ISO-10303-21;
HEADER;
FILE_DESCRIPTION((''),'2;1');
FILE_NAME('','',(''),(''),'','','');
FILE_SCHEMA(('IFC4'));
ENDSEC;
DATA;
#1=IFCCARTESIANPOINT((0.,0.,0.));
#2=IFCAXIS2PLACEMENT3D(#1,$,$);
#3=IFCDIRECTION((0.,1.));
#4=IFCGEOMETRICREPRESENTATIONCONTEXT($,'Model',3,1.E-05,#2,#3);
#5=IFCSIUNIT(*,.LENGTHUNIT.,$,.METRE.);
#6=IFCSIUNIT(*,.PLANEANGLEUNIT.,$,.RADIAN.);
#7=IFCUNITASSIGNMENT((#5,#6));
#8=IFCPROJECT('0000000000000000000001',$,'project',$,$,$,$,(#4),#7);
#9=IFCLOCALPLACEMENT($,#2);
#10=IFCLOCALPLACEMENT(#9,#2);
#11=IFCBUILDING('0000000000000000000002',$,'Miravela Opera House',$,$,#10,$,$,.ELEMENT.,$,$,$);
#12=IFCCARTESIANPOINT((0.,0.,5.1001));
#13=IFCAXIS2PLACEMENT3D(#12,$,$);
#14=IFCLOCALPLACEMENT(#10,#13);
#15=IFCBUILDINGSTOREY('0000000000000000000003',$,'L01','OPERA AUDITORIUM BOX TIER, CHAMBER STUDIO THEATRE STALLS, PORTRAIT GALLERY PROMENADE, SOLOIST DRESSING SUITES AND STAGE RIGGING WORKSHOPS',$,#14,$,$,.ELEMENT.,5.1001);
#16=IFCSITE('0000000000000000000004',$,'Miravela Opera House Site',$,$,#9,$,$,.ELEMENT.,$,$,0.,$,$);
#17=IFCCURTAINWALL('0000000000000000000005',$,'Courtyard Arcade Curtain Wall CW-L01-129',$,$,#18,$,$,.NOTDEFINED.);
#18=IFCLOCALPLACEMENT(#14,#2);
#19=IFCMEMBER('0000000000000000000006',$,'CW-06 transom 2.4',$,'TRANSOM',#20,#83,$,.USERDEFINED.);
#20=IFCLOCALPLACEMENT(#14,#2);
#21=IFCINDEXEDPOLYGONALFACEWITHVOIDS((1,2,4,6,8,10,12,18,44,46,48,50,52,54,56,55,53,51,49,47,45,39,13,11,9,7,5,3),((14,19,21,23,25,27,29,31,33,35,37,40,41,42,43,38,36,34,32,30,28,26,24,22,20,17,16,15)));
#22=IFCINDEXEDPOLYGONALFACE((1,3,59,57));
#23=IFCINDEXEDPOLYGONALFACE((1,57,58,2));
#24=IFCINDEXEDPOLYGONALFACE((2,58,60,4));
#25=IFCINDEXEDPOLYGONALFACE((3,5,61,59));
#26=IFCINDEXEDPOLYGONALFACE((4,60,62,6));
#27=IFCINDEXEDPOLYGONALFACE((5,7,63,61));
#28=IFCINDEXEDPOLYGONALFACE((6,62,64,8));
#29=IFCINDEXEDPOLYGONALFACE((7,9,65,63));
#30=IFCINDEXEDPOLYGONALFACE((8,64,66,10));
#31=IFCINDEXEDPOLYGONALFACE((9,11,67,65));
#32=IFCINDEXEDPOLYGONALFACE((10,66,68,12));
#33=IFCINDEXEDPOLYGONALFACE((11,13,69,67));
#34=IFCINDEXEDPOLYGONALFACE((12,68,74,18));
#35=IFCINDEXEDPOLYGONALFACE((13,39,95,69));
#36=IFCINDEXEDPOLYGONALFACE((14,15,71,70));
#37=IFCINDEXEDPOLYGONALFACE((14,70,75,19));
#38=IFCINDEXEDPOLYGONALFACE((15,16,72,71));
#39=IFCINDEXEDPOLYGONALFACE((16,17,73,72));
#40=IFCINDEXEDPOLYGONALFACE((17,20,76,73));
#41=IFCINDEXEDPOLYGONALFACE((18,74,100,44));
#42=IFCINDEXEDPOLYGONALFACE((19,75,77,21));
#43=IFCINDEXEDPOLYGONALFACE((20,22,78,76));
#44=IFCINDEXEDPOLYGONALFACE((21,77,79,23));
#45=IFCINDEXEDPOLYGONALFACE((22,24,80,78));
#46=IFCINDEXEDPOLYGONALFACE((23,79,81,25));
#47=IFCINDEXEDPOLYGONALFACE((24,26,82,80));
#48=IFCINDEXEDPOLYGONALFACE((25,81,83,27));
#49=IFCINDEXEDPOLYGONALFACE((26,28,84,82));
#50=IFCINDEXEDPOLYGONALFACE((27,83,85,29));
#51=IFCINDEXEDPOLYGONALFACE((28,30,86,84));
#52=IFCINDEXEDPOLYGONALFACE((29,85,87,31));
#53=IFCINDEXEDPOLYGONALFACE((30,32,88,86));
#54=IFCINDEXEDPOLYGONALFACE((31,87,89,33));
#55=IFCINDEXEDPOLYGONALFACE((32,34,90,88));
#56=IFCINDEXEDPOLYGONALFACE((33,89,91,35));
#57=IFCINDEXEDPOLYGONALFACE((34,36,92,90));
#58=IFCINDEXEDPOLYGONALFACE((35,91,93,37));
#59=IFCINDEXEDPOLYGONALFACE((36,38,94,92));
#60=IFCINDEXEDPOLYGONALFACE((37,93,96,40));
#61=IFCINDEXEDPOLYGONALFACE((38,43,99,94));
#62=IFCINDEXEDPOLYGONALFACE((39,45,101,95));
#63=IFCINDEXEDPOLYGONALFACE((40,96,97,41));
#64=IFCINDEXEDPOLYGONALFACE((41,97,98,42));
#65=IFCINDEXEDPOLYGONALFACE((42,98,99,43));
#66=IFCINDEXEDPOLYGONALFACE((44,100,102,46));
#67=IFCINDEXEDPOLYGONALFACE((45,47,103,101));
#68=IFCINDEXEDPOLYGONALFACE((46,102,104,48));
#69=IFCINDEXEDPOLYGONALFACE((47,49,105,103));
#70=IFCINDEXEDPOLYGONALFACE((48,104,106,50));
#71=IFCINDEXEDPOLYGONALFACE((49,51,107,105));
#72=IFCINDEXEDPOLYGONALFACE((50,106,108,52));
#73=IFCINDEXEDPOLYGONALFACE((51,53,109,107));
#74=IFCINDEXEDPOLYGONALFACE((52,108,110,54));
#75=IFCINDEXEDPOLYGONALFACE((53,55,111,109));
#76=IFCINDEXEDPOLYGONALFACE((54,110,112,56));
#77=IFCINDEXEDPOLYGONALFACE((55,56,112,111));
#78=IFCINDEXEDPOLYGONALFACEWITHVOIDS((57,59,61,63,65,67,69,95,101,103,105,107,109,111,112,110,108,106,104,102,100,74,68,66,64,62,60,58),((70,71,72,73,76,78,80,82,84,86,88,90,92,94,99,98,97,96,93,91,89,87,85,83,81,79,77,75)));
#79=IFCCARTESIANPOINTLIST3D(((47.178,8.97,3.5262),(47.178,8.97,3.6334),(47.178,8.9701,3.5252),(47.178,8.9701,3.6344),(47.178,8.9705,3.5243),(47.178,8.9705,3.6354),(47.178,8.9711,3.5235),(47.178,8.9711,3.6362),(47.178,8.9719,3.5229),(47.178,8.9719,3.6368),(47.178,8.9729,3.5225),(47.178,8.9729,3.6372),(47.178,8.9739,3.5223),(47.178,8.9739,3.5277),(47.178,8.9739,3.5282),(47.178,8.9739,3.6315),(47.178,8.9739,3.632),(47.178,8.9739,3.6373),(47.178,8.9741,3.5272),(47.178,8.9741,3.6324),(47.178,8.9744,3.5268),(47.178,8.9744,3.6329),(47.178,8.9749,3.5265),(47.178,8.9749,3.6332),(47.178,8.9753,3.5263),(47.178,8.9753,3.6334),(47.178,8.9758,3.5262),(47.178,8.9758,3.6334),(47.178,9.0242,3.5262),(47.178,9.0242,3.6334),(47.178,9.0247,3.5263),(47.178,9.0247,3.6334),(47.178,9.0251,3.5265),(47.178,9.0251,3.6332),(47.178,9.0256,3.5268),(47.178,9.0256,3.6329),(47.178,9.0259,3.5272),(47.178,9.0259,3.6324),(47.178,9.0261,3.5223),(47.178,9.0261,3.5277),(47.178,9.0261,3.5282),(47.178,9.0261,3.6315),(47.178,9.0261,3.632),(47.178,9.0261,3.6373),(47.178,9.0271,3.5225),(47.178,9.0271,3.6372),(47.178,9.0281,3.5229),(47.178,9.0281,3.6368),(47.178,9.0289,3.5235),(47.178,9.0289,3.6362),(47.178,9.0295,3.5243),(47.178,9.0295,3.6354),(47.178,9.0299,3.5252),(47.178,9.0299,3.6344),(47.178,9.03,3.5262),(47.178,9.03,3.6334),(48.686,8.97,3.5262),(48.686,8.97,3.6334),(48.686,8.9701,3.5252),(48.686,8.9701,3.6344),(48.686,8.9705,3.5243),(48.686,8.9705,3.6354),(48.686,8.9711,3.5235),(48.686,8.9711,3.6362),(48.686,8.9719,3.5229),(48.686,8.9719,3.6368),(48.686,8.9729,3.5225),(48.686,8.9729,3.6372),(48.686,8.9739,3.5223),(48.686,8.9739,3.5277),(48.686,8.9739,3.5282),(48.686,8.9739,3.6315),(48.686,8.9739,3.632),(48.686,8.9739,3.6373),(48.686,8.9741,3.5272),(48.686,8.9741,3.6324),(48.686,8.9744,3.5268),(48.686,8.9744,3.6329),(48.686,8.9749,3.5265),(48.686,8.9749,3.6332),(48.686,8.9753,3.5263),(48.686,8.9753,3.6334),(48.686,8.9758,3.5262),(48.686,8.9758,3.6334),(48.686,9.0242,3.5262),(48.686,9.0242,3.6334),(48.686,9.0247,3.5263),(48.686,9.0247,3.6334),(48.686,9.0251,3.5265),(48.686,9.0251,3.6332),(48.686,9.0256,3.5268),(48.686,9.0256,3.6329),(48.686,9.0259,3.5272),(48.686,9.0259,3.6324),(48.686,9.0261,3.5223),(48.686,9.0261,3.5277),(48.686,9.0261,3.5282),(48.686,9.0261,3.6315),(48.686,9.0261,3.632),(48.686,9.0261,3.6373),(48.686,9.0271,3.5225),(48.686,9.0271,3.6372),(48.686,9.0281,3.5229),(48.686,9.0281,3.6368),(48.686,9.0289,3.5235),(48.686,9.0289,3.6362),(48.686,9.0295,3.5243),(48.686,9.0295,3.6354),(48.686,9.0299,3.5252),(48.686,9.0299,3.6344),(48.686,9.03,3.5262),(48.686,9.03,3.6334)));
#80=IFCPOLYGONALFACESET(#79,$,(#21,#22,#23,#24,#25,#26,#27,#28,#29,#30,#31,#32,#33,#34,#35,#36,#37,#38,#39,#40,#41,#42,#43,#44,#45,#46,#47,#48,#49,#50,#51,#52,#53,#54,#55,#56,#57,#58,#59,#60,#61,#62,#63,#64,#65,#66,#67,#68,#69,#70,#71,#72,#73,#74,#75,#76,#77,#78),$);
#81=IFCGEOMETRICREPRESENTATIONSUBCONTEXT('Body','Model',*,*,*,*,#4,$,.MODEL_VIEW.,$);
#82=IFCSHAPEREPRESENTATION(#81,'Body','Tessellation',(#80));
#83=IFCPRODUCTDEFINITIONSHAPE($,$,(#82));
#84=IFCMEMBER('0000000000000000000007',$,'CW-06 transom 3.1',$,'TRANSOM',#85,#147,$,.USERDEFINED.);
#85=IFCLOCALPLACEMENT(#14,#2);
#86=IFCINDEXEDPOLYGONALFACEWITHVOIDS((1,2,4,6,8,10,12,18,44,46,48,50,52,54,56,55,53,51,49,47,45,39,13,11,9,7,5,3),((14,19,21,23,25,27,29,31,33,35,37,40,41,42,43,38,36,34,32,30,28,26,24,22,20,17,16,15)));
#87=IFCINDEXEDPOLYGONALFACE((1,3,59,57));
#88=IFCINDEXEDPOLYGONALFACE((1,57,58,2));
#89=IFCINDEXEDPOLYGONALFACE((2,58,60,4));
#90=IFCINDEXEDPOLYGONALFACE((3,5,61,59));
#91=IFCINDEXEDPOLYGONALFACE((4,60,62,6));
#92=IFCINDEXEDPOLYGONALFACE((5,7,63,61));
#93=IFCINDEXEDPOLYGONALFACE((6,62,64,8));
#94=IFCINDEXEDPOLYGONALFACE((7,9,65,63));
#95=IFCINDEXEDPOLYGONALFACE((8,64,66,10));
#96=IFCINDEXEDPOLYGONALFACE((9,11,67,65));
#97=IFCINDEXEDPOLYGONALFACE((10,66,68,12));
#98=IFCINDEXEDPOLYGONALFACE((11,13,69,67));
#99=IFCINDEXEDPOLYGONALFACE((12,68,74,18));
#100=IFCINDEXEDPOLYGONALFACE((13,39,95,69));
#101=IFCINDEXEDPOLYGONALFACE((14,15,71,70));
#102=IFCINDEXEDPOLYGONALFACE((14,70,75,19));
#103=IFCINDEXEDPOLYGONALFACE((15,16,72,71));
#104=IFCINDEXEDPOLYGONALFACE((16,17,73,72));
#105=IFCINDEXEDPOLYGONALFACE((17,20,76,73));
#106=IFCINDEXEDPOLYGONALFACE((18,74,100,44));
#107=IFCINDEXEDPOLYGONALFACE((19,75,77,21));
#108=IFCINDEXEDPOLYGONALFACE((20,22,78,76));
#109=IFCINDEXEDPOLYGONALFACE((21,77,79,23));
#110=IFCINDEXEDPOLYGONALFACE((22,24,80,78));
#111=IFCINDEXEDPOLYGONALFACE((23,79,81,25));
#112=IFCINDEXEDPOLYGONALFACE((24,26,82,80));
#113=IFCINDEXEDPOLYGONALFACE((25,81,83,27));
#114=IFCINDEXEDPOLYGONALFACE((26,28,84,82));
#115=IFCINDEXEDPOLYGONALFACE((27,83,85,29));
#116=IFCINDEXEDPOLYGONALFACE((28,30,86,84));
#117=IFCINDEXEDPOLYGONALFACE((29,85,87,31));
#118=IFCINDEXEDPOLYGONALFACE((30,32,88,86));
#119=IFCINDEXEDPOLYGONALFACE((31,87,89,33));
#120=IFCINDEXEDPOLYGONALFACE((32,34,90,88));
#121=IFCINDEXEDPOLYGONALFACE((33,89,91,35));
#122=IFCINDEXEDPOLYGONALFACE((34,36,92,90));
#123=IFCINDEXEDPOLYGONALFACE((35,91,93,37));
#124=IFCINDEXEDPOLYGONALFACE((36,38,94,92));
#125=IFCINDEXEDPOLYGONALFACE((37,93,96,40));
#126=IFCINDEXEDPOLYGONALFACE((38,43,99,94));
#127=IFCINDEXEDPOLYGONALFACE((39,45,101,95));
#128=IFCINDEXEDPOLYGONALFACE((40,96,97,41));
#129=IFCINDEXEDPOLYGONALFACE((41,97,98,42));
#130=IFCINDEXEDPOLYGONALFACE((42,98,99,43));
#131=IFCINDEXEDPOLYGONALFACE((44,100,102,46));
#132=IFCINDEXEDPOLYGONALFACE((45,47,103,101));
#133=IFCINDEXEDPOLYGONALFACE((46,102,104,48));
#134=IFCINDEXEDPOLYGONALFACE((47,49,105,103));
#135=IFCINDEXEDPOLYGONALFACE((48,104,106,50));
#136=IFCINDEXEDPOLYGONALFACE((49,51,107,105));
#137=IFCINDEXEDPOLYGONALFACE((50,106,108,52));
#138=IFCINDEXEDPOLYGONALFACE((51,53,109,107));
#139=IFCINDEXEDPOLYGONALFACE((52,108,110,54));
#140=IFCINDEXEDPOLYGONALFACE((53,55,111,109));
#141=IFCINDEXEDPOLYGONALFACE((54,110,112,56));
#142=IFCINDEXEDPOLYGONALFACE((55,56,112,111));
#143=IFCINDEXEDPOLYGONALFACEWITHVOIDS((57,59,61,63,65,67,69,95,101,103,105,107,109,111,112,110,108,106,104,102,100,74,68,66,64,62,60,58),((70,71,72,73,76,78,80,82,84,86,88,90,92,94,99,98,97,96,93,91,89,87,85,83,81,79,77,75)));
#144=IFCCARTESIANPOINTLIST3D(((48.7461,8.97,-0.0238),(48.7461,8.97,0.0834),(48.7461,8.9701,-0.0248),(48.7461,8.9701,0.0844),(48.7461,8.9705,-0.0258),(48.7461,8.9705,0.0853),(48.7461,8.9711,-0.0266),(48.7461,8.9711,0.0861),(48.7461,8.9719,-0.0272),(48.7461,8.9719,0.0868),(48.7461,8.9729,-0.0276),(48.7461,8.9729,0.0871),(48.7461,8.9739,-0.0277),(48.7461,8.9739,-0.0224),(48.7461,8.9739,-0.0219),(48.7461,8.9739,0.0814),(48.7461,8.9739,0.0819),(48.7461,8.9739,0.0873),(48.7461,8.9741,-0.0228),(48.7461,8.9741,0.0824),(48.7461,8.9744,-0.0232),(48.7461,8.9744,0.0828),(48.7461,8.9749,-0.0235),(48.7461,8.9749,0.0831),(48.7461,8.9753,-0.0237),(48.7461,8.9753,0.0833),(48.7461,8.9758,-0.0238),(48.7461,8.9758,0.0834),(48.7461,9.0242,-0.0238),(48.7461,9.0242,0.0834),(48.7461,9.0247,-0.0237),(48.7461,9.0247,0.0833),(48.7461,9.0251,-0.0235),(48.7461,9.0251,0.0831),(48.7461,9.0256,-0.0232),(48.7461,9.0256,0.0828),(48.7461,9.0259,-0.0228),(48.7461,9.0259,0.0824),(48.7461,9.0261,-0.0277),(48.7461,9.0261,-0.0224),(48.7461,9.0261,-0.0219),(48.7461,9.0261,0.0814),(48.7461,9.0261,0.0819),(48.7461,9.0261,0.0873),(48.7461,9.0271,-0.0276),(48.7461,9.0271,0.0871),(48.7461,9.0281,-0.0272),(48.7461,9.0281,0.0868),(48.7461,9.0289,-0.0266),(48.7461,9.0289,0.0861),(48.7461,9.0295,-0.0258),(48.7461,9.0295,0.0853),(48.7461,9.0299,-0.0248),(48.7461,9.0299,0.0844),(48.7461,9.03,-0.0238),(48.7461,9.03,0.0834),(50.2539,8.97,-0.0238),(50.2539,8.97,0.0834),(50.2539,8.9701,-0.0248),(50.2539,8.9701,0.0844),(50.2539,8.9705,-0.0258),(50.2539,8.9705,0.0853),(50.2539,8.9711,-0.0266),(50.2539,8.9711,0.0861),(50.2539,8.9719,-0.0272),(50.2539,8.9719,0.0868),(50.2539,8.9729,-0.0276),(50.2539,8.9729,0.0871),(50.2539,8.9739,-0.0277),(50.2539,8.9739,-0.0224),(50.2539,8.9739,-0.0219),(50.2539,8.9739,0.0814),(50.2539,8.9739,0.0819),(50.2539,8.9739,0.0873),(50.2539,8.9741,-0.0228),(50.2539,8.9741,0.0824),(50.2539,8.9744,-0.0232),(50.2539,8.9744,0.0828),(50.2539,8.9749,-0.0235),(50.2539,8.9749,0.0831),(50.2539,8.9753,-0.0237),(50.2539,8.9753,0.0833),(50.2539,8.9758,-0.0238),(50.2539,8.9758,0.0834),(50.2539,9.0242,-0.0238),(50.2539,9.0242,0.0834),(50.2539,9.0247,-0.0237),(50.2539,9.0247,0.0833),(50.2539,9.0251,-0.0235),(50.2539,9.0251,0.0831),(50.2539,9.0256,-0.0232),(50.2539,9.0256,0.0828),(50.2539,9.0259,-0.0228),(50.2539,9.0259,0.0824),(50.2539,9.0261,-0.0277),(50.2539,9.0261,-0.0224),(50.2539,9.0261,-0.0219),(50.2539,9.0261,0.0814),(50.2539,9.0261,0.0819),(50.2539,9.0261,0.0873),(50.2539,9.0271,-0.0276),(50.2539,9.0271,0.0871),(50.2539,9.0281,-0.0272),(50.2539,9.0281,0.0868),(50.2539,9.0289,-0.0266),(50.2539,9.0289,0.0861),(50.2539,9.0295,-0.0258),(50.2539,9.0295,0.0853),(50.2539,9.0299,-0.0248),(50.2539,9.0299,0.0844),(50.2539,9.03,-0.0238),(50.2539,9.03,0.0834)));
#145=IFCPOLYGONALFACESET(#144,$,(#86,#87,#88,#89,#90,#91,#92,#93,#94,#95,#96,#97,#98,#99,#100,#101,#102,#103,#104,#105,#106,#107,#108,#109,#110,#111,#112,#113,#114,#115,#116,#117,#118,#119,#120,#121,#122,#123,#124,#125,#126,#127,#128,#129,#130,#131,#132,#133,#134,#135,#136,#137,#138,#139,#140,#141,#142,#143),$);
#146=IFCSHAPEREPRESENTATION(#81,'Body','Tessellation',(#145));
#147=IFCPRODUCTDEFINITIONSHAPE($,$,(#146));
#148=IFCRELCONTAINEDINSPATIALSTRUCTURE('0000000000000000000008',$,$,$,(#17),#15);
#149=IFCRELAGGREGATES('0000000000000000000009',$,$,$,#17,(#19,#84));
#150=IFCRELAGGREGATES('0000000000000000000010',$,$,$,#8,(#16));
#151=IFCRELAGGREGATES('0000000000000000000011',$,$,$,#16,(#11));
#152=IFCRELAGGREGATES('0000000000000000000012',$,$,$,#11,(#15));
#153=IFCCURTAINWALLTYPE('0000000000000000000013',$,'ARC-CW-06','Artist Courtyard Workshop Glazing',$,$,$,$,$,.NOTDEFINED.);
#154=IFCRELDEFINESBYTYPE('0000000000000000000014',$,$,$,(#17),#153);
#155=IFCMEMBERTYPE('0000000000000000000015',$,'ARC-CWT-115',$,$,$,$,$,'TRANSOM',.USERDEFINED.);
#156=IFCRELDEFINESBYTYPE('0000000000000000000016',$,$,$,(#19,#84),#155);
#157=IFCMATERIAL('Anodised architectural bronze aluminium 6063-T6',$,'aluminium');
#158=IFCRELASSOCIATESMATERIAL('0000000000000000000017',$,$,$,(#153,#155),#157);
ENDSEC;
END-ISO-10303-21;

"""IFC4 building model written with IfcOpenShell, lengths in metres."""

from ifc_helpers import new_model, si_unit, direction, frame, origin, origin_2d, place, context, subcontext, project, spatial, hollow_rectangle, extrude, material, material_profile, profile_set, type_object, element, aggregate, save


model = new_model("IFC4")

# Units and contexts
model_context = context("Model", 3, precision=1e-05, world=origin(), true_north=direction((0.0, 1.0)))
body_context = subcontext(model_context, "Body", "Model", "MODEL_VIEW")
ifc_project = project(units=[si_unit("LENGTHUNIT", "METRE"), si_unit("PLANEANGLEUNIT", "RADIAN")], contexts=[model_context])

# Site, building, storey
site_placement = place(None, origin())
site = spatial("IfcSite", under=ifc_project, at=site_placement, Name="Miravela Opera House Site", CompositionType="ELEMENT", RefElevation=0.0)
building_placement = place(site_placement, origin())
building = spatial("IfcBuilding", under=site, at=building_placement, Name="Miravela Opera House", CompositionType="ELEMENT")
storey_placement = place(building_placement, frame((0.0, 0.0, 5.1001)))
storey = spatial("IfcBuildingStorey", under=building, at=storey_placement, Name="L01", Description="OPERA AUDITORIUM BOX TIER, CHAMBER STUDIO THEATRE STALLS, PORTRAIT GALLERY PROMENADE, SOLOIST DRESSING SUITES AND STAGE RIGGING WORKSHOPS", CompositionType="ELEMENT", Elevation=5.1001)

# Curtain wall, members
ifc_material_1 = material(Name="Anodised architectural bronze aluminium 6063-T6", Category="aluminium")
curtain_wall_type = type_object("IfcCurtainWallType", Name="ARC-CW-06", Description="Artist Courtyard Workshop Glazing", PredefinedType="NOTDEFINED", material=ifc_material_1)
curtain_wall_placement = place(storey_placement, origin())
curtain_wall = element("IfcCurtainWall", 1, at=curtain_wall_placement, inside=storey, type_object=curtain_wall_type, Name="Courtyard Arcade Curtain Wall CW-L01-129", PredefinedType="NOTDEFINED")
ifc_material_profile_1 = material_profile(ifc_material_1, hollow_rectangle(XDim=0.0601, YDim=0.115, WallThickness=0.0039, InnerFilletRadius=0.002, OuterFilletRadius=0.0039, at=origin_2d()), Name="CWT-60X115")
ifc_profile_set_1 = profile_set([ifc_material_profile_1])
member_type_1 = type_object("IfcMemberType", Name="ARC-CWT-115", ElementType="TRANSOM", PredefinedType="USERDEFINED", material=ifc_profile_set_1)
member_1_placement = place(storey_placement, frame((47.178, 9.0, 3.5798), z_axis=(1.0, 0.0, 0.0), x_axis=(0.0, 1.0, 0.0)))
member_1 = element("IfcMember", 2, at=member_1_placement, type_object=member_type_1, Name="CW-06 transom 2.4", ObjectType="TRANSOM", PredefinedType="USERDEFINED", context=body_context, shape_type="SweptSolid", body=[
    extrude(hollow_rectangle(XDim=0.0601, YDim=0.115, WallThickness=0.0039, InnerFilletRadius=0.002, OuterFilletRadius=0.0039, at=origin_2d()), origin(), (0.0, 0.0, 1.0), 1.5081),
])
member_2_placement = place(storey_placement, frame((48.7461, 9.0, 0.0298), z_axis=(1.0, 0.0, 0.0), x_axis=(0.0, 1.0, 0.0)))
member_2 = element("IfcMember", 3, at=member_2_placement, type_object=member_type_1, Name="CW-06 transom 3.1", ObjectType="TRANSOM", PredefinedType="USERDEFINED", context=body_context, shape_type="SweptSolid", body=[
    extrude(hollow_rectangle(XDim=0.0601, YDim=0.115, WallThickness=0.0039, InnerFilletRadius=0.002, OuterFilletRadius=0.0039, at=origin_2d()), origin(), (0.0, 0.0, 1.0), 1.5078),
])

aggregate(curtain_wall, [member_1, member_2])

save(model, "model.ifc")
